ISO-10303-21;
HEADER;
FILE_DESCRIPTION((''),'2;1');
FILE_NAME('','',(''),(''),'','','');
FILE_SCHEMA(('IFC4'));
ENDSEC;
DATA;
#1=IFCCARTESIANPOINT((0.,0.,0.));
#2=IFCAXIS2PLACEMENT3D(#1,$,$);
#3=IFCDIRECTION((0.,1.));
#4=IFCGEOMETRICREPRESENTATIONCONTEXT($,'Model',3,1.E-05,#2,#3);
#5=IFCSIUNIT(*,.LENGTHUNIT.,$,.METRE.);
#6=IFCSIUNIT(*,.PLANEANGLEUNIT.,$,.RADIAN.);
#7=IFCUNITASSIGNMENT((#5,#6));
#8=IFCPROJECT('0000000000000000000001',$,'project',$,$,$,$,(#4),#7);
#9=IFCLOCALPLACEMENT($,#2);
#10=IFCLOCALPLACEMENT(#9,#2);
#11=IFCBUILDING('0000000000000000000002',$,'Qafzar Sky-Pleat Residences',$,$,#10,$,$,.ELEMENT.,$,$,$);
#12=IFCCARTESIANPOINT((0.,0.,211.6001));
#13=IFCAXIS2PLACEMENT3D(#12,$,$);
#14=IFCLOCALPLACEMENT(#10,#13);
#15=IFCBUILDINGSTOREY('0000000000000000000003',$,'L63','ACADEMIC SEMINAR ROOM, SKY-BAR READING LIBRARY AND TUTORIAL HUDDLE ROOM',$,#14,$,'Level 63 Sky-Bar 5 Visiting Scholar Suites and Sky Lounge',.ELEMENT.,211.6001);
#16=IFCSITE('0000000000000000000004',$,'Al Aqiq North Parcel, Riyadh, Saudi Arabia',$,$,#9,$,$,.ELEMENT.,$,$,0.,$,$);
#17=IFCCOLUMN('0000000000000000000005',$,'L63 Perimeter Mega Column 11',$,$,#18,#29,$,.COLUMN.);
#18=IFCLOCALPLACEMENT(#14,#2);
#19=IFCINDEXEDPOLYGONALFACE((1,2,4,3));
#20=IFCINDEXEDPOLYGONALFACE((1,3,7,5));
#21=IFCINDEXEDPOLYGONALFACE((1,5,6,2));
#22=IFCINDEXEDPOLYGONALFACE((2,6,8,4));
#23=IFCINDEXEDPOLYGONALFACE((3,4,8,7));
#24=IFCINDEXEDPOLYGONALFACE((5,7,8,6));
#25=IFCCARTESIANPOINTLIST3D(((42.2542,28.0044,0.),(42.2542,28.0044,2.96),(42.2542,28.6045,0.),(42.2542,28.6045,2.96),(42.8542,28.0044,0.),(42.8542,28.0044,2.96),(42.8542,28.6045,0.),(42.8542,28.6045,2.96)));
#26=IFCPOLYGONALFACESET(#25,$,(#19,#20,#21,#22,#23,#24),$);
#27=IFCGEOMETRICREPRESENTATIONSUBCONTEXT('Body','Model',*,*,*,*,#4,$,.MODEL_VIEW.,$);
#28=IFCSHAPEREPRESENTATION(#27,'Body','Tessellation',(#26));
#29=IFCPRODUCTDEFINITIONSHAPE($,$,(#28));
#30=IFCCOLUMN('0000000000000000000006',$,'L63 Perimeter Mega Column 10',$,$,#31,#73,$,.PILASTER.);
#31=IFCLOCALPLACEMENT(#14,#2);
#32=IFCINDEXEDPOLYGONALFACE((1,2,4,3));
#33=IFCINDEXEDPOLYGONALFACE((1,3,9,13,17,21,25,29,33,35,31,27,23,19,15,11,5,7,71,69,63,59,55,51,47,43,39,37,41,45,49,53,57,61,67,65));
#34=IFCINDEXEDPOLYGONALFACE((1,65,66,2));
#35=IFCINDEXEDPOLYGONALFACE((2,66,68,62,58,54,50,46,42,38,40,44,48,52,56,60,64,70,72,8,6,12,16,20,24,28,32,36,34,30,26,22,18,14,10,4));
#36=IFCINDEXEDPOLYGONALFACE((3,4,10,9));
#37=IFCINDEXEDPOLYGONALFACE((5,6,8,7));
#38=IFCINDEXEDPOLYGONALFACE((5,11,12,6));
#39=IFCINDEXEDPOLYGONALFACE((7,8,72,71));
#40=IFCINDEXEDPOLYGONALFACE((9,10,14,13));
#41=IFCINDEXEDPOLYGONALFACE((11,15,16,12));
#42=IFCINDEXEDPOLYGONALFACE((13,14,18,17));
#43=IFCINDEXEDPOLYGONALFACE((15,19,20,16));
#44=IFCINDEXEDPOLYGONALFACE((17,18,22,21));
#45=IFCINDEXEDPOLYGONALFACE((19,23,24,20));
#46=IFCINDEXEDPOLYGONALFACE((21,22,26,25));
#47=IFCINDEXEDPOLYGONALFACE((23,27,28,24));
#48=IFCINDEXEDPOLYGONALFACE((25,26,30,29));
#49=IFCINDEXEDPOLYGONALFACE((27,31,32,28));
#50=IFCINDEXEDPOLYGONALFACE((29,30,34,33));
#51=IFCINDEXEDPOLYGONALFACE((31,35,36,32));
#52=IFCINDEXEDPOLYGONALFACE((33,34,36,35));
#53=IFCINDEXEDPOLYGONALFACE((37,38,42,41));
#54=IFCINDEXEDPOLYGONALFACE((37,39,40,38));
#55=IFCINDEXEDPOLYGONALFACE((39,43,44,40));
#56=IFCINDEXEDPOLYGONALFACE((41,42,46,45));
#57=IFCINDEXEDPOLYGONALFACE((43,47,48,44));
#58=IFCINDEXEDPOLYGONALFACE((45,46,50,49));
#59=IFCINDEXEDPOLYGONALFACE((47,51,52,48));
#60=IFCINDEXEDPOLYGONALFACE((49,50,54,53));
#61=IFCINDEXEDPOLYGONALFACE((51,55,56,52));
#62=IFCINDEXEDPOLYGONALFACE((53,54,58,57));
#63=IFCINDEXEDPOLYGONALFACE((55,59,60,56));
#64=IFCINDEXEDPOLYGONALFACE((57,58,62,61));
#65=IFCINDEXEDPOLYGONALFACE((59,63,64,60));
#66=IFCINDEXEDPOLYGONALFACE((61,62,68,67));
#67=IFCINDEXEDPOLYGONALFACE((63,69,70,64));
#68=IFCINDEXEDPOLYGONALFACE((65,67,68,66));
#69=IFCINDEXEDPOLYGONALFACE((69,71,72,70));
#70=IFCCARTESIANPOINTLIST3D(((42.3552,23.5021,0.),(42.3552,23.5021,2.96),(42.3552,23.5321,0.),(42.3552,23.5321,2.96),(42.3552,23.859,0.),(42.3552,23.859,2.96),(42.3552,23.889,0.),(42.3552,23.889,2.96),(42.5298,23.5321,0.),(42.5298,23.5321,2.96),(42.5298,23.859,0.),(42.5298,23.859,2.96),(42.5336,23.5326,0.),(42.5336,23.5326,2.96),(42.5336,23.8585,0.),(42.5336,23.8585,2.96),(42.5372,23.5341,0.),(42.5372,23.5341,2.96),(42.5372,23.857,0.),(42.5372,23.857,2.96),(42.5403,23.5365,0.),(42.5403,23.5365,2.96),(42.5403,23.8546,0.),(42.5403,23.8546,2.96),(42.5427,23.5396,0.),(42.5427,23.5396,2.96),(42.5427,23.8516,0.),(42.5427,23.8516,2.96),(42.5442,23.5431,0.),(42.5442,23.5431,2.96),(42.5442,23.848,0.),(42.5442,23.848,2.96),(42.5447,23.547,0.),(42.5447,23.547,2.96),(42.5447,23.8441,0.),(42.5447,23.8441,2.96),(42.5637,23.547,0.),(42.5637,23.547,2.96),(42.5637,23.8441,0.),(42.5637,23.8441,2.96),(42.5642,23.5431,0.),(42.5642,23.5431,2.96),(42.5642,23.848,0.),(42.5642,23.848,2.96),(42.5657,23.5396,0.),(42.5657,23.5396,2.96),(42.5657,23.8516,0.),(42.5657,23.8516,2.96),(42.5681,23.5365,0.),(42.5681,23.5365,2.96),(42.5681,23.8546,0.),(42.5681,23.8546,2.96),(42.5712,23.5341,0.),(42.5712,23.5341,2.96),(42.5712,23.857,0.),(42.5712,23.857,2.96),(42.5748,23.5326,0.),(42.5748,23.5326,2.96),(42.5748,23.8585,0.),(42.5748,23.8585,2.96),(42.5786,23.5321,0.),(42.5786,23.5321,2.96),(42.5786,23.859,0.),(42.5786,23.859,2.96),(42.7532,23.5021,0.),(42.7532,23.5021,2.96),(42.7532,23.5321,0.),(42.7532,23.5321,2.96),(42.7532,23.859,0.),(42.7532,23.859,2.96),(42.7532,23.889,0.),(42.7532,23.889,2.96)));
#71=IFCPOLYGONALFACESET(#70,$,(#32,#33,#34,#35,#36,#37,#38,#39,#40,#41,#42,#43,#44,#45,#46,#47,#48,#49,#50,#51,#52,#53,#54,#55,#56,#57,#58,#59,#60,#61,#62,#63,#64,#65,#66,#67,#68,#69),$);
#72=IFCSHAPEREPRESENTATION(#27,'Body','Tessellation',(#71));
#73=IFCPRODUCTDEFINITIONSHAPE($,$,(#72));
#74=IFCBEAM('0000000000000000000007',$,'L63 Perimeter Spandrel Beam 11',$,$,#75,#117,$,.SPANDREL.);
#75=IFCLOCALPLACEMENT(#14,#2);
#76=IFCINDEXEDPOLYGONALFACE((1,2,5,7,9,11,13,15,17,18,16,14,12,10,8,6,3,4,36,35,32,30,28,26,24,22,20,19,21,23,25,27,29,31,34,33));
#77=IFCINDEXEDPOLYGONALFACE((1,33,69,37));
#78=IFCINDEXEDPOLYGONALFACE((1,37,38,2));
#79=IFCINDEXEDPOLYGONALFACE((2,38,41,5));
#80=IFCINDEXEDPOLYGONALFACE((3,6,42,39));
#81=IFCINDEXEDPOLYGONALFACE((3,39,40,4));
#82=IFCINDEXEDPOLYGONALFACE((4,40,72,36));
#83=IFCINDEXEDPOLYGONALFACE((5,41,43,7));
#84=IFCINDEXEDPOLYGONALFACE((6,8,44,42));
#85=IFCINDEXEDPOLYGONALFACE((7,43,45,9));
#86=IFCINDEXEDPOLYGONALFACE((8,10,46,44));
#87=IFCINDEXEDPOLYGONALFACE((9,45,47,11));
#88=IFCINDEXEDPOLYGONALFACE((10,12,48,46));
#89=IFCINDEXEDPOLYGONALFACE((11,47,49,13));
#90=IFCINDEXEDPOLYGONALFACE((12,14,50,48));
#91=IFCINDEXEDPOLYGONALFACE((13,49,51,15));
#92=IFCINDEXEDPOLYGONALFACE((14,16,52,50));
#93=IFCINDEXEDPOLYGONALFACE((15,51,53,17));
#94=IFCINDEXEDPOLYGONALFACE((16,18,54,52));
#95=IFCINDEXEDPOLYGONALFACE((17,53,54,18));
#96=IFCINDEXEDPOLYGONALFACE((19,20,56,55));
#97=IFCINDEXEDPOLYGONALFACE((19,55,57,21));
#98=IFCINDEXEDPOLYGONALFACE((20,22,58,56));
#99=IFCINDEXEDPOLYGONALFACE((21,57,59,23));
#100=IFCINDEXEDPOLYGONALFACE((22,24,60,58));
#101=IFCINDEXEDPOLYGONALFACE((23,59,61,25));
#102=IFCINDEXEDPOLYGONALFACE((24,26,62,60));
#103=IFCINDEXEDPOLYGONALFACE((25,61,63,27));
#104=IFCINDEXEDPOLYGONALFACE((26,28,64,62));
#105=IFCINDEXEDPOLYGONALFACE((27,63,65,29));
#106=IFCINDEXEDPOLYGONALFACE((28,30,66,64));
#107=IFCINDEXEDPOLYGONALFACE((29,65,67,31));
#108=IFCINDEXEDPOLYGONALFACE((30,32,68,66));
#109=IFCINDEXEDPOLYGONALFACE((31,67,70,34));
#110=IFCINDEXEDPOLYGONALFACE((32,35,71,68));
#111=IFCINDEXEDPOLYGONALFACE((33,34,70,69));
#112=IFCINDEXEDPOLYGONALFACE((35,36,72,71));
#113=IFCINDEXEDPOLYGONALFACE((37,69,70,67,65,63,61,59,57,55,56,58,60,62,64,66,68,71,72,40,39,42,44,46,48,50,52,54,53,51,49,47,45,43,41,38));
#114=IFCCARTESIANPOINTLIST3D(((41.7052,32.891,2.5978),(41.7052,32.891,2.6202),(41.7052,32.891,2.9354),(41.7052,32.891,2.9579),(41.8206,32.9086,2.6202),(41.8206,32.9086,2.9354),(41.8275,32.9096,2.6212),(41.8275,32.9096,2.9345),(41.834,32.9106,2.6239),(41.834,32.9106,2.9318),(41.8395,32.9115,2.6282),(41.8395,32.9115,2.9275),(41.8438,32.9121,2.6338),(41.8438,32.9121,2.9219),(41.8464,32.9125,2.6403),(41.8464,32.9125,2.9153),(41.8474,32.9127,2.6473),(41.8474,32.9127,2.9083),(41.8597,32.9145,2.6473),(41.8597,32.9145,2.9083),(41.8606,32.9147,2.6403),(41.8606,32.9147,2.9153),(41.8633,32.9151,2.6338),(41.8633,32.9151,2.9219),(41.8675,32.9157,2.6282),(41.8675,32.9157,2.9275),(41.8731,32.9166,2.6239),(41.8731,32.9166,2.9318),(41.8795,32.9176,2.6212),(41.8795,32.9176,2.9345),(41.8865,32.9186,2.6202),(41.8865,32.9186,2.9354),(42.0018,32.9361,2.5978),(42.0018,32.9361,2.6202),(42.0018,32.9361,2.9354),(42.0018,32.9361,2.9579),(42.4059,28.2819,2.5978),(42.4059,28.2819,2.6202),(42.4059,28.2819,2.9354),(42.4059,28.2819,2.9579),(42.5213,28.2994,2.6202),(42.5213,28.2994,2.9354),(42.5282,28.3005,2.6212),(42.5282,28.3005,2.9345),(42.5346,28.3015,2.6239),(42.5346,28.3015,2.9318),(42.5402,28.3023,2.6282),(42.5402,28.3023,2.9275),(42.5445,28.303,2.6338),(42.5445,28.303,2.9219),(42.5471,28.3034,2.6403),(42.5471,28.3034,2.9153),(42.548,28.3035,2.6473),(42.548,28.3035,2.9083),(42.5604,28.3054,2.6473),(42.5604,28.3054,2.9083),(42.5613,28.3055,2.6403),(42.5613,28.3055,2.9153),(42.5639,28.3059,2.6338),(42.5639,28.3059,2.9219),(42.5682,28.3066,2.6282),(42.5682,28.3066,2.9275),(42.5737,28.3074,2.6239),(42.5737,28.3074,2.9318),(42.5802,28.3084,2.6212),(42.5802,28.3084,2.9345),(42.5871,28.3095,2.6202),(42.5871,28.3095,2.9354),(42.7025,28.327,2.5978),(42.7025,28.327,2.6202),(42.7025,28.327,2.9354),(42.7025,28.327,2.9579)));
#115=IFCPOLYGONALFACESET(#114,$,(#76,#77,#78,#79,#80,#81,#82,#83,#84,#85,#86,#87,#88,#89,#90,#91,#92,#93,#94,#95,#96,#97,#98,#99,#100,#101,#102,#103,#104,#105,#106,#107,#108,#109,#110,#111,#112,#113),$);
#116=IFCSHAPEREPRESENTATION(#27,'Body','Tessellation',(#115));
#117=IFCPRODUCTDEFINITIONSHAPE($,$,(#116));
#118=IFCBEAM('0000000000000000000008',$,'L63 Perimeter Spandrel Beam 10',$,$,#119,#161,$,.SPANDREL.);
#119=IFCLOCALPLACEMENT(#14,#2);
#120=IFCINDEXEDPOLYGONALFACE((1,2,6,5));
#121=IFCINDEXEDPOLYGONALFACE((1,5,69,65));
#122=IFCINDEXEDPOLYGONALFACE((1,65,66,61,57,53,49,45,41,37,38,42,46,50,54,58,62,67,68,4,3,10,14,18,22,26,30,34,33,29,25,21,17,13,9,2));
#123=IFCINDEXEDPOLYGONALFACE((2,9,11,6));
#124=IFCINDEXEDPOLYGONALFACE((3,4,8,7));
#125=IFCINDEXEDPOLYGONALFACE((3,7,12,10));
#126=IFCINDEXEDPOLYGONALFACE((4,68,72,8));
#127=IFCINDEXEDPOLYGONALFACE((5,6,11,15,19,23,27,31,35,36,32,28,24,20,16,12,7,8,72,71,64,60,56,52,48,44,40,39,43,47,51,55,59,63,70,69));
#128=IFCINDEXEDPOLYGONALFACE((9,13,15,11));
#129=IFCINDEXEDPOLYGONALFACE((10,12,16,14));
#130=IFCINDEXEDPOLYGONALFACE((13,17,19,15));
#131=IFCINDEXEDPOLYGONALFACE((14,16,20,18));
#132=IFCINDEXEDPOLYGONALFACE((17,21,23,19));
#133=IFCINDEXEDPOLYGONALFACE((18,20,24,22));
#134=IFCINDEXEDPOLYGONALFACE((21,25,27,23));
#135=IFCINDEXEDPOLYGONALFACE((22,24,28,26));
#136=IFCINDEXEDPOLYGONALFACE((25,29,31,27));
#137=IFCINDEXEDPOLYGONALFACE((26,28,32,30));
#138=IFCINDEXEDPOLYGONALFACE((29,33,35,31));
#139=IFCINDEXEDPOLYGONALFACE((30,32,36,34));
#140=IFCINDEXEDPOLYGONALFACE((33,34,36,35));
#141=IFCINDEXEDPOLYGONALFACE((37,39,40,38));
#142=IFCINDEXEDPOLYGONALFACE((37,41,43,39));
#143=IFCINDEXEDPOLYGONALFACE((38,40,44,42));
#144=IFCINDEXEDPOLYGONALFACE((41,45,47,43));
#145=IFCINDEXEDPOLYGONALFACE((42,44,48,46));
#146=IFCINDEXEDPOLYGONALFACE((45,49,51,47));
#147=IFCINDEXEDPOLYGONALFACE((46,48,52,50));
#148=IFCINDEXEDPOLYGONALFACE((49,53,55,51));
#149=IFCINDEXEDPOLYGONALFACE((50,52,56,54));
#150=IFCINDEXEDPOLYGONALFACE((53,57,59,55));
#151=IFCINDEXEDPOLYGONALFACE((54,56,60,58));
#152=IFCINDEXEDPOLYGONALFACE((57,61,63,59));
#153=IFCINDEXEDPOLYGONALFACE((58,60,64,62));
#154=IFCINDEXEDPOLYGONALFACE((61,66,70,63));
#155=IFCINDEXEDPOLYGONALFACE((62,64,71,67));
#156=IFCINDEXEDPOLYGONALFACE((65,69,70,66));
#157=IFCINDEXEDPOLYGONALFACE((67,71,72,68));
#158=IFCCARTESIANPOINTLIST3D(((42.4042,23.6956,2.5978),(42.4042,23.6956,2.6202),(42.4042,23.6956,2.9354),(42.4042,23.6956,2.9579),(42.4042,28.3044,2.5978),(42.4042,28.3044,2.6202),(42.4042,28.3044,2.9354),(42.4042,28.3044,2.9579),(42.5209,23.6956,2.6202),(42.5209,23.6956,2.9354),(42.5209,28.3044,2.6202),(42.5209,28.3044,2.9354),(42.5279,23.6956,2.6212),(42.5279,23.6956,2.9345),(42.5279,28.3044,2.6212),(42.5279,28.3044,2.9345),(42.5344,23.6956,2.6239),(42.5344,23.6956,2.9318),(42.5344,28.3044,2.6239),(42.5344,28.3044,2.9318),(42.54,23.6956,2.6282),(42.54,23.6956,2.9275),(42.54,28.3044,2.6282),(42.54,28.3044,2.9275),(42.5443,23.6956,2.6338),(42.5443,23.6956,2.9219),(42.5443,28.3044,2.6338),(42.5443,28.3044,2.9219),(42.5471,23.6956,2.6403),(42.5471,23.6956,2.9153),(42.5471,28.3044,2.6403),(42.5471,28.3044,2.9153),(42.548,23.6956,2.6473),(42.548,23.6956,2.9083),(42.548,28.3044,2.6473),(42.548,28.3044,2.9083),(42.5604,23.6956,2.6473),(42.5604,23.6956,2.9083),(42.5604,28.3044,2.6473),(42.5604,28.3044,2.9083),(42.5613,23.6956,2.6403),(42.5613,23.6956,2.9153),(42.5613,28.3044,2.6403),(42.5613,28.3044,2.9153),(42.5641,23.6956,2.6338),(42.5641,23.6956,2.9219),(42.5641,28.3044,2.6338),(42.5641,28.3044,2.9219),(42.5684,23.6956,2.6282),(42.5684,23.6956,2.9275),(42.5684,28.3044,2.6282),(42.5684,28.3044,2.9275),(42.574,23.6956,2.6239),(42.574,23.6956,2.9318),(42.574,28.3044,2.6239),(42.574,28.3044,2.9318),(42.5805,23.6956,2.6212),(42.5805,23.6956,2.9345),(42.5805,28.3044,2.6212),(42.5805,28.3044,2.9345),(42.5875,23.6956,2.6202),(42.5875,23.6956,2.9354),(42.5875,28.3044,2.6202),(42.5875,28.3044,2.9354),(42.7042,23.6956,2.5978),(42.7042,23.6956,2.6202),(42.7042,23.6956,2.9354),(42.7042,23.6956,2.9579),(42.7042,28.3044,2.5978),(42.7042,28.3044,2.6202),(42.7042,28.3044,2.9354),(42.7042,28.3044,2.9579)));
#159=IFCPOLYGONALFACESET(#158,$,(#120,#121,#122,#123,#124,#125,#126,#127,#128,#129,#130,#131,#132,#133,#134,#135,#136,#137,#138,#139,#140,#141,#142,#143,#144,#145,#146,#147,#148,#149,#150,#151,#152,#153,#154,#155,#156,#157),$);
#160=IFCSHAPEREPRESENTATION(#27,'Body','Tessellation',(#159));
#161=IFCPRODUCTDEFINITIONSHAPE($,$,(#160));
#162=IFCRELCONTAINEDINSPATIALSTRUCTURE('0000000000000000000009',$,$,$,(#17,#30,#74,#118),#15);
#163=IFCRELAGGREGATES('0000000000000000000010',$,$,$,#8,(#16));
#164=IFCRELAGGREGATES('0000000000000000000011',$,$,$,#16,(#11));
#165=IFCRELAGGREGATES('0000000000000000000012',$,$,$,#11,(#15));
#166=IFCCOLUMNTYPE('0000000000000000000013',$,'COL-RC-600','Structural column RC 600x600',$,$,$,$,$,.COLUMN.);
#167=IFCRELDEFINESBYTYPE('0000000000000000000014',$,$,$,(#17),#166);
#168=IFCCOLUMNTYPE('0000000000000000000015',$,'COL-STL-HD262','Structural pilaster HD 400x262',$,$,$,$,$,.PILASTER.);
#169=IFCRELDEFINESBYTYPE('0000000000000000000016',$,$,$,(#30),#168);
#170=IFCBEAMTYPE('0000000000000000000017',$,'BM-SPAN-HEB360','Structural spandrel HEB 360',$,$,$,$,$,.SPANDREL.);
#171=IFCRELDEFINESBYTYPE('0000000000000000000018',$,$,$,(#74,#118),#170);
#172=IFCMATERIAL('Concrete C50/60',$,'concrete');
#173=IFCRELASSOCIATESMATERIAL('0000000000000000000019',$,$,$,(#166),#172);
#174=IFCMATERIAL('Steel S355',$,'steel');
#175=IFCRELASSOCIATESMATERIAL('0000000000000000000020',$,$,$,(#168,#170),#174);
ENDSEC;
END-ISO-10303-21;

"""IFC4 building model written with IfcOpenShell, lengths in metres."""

from ifc_helpers import new_model, si_unit, direction, frame, origin, origin_2d, place, context, subcontext, project, spatial, rectangle, i_section, extrude, source, transform, mapped, material, material_profile, profile_set, type_object, element, save


model = new_model("IFC4")

# Units and contexts
model_context = context("Model", 3, precision=1e-05, world=origin(), true_north=direction((0.0, 1.0)))
body_context = subcontext(model_context, "Body", "Model", "MODEL_VIEW")
ifc_project = project(units=[si_unit("LENGTHUNIT", "METRE"), si_unit("PLANEANGLEUNIT", "RADIAN")], contexts=[model_context])

# Site, building, storey
site_placement = place(None, origin())
site = spatial("IfcSite", under=ifc_project, at=site_placement, Name="Al Aqiq North Parcel, Riyadh, Saudi Arabia", CompositionType="ELEMENT", RefElevation=0.0)
building_placement = place(site_placement, origin())
building = spatial("IfcBuilding", under=site, at=building_placement, Name="Qafzar Sky-Pleat Residences", CompositionType="ELEMENT")
storey_placement = place(building_placement, frame((0.0, 0.0, 211.6001)))
storey = spatial("IfcBuildingStorey", under=building, at=storey_placement, Name="L63", Description="ACADEMIC SEMINAR ROOM, SKY-BAR READING LIBRARY AND TUTORIAL HUDDLE ROOM", LongName="Level 63 Sky-Bar 5 Visiting Scholar Suites and Sky Lounge", CompositionType="ELEMENT", Elevation=211.6001)

# Columns
ifc_material_1 = material(Name="Concrete C50/60", Category="concrete")
ifc_material_profile_1 = material_profile(ifc_material_1, rectangle(XDim=0.6001, YDim=0.6001, at=origin_2d()), Name="RC 600x600")
ifc_profile_set_1 = profile_set([ifc_material_profile_1], Name="Concrete C50/60")
column_type_1 = type_object("IfcColumnType", Name="COL-RC-600", Description="Structural column RC 600x600", PredefinedType="COLUMN", material=ifc_profile_set_1)
shared_shape_1 = source(origin(), body_context, "Body", "SweptSolid", [
    extrude(rectangle(XDim=0.6001, YDim=0.6001, at=origin_2d()), origin(), (0.0, 0.0, 1.0), 2.96),
])
column_1_placement = place(storey_placement, frame((42.5542, 28.3044, 0.0), z_axis=(0.0, 0.0, 1.0), x_axis=(1.0, 0.0, 0.0)))
element("IfcColumn", 1, at=column_1_placement, inside=storey, type_object=column_type_1, Name="L63 Perimeter Mega Column 11", PredefinedType="COLUMN", context=body_context, shape_type="MappedRepresentation", body=[
    mapped(shared_shape_1, transform((0.0, 0.0, 0.0), x_axis=(1.0, 0.0, 0.0), y_axis=(0.0, 1.0, 0.0), z_axis=(0.0, 0.0, 1.0), scale=1.0)),
])
ifc_material_2 = material(Name="Steel S355", Category="steel")
ifc_material_profile_2 = material_profile(ifc_material_2, i_section(OverallWidth=0.3979, OverallDepth=0.387, WebThickness=0.019, FlangeThickness=0.03, FilletRadius=0.0149, at=origin_2d()), Name="HD 400x262")
ifc_profile_set_2 = profile_set([ifc_material_profile_2], Name="Steel S355")
column_type_2 = type_object("IfcColumnType", Name="COL-STL-HD262", Description="Structural pilaster HD 400x262", PredefinedType="PILASTER", material=ifc_profile_set_2)
shared_shape_2 = source(origin(), body_context, "Body", "SweptSolid", [
    extrude(i_section(OverallWidth=0.3979, OverallDepth=0.387, WebThickness=0.019, FlangeThickness=0.03, FilletRadius=0.0149, at=origin_2d()), origin(), (0.0, 0.0, 1.0), 2.96),
])
column_2_placement = place(storey_placement, frame((42.5542, 23.6956, 0.0), z_axis=(0.0, 0.0, 1.0), x_axis=(1.0, 0.0, 0.0)))
element("IfcColumn", 2, at=column_2_placement, inside=storey, type_object=column_type_2, Name="L63 Perimeter Mega Column 10", PredefinedType="PILASTER", context=body_context, shape_type="MappedRepresentation", body=[
    mapped(shared_shape_2, transform((0.0, 0.0, 0.0), x_axis=(1.0, 0.0, 0.0), y_axis=(0.0, 1.0, 0.0), z_axis=(0.0, 0.0, 1.0), scale=1.0)),
])

# Beams
ifc_material_profile_3 = material_profile(ifc_material_2, i_section(OverallWidth=0.3, OverallDepth=0.3601, WebThickness=0.0125, FlangeThickness=0.0225, FilletRadius=0.0271, at=origin_2d()), Name="HEB 360")
ifc_profile_set_3 = profile_set([ifc_material_profile_3], Name="Steel S355")
beam_type_1 = type_object("IfcBeamType", Name="BM-SPAN-HEB360", Description="Structural spandrel HEB 360", PredefinedType="SPANDREL", material=ifc_profile_set_3)
shared_shape_3 = source(origin(), body_context, "Body", "SweptSolid", [
    extrude(i_section(OverallWidth=0.3, OverallDepth=0.3601, WebThickness=0.0125, FlangeThickness=0.0225, FilletRadius=0.0271, at=origin_2d()), origin(), (0.0, 0.0, 1.0), 4.6621),
])
beam_1_placement = place(storey_placement, frame((42.5542, 28.3044, 2.7778), z_axis=(-0.150294, 0.988641, 0.0), x_axis=(-0.988641, -0.150294, 0.0)))
element("IfcBeam", 3, at=beam_1_placement, inside=storey, type_object=beam_type_1, Name="L63 Perimeter Spandrel Beam 11", PredefinedType="SPANDREL", context=body_context, shape_type="MappedRepresentation", body=[
    mapped(shared_shape_3, transform((0.0, 0.0, 0.0), x_axis=(1.0, 0.0, 0.0), y_axis=(0.0, 1.0, 0.0), z_axis=(0.0, 0.0, 1.0), scale=1.0)),
])
shared_shape_4 = source(origin(), body_context, "Body", "SweptSolid", [
    extrude(i_section(OverallWidth=0.3, OverallDepth=0.3601, WebThickness=0.0125, FlangeThickness=0.0225, FilletRadius=0.0271, at=origin_2d()), origin(), (0.0, 0.0, 1.0), 4.6089),
])
beam_2_placement = place(storey_placement, frame((42.5542, 23.6956, 2.7778), z_axis=(0.0, 1.0, 0.0), x_axis=(-1.0, 0.0, 0.0)))
element("IfcBeam", 4, at=beam_2_placement, inside=storey, type_object=beam_type_1, Name="L63 Perimeter Spandrel Beam 10", PredefinedType="SPANDREL", context=body_context, shape_type="MappedRepresentation", body=[
    mapped(shared_shape_4, transform((0.0, 0.0, 0.0), x_axis=(1.0, 0.0, 0.0), y_axis=(0.0, 1.0, 0.0), z_axis=(0.0, 0.0, 1.0), scale=1.0)),
])

save(model, "model.ifc")
